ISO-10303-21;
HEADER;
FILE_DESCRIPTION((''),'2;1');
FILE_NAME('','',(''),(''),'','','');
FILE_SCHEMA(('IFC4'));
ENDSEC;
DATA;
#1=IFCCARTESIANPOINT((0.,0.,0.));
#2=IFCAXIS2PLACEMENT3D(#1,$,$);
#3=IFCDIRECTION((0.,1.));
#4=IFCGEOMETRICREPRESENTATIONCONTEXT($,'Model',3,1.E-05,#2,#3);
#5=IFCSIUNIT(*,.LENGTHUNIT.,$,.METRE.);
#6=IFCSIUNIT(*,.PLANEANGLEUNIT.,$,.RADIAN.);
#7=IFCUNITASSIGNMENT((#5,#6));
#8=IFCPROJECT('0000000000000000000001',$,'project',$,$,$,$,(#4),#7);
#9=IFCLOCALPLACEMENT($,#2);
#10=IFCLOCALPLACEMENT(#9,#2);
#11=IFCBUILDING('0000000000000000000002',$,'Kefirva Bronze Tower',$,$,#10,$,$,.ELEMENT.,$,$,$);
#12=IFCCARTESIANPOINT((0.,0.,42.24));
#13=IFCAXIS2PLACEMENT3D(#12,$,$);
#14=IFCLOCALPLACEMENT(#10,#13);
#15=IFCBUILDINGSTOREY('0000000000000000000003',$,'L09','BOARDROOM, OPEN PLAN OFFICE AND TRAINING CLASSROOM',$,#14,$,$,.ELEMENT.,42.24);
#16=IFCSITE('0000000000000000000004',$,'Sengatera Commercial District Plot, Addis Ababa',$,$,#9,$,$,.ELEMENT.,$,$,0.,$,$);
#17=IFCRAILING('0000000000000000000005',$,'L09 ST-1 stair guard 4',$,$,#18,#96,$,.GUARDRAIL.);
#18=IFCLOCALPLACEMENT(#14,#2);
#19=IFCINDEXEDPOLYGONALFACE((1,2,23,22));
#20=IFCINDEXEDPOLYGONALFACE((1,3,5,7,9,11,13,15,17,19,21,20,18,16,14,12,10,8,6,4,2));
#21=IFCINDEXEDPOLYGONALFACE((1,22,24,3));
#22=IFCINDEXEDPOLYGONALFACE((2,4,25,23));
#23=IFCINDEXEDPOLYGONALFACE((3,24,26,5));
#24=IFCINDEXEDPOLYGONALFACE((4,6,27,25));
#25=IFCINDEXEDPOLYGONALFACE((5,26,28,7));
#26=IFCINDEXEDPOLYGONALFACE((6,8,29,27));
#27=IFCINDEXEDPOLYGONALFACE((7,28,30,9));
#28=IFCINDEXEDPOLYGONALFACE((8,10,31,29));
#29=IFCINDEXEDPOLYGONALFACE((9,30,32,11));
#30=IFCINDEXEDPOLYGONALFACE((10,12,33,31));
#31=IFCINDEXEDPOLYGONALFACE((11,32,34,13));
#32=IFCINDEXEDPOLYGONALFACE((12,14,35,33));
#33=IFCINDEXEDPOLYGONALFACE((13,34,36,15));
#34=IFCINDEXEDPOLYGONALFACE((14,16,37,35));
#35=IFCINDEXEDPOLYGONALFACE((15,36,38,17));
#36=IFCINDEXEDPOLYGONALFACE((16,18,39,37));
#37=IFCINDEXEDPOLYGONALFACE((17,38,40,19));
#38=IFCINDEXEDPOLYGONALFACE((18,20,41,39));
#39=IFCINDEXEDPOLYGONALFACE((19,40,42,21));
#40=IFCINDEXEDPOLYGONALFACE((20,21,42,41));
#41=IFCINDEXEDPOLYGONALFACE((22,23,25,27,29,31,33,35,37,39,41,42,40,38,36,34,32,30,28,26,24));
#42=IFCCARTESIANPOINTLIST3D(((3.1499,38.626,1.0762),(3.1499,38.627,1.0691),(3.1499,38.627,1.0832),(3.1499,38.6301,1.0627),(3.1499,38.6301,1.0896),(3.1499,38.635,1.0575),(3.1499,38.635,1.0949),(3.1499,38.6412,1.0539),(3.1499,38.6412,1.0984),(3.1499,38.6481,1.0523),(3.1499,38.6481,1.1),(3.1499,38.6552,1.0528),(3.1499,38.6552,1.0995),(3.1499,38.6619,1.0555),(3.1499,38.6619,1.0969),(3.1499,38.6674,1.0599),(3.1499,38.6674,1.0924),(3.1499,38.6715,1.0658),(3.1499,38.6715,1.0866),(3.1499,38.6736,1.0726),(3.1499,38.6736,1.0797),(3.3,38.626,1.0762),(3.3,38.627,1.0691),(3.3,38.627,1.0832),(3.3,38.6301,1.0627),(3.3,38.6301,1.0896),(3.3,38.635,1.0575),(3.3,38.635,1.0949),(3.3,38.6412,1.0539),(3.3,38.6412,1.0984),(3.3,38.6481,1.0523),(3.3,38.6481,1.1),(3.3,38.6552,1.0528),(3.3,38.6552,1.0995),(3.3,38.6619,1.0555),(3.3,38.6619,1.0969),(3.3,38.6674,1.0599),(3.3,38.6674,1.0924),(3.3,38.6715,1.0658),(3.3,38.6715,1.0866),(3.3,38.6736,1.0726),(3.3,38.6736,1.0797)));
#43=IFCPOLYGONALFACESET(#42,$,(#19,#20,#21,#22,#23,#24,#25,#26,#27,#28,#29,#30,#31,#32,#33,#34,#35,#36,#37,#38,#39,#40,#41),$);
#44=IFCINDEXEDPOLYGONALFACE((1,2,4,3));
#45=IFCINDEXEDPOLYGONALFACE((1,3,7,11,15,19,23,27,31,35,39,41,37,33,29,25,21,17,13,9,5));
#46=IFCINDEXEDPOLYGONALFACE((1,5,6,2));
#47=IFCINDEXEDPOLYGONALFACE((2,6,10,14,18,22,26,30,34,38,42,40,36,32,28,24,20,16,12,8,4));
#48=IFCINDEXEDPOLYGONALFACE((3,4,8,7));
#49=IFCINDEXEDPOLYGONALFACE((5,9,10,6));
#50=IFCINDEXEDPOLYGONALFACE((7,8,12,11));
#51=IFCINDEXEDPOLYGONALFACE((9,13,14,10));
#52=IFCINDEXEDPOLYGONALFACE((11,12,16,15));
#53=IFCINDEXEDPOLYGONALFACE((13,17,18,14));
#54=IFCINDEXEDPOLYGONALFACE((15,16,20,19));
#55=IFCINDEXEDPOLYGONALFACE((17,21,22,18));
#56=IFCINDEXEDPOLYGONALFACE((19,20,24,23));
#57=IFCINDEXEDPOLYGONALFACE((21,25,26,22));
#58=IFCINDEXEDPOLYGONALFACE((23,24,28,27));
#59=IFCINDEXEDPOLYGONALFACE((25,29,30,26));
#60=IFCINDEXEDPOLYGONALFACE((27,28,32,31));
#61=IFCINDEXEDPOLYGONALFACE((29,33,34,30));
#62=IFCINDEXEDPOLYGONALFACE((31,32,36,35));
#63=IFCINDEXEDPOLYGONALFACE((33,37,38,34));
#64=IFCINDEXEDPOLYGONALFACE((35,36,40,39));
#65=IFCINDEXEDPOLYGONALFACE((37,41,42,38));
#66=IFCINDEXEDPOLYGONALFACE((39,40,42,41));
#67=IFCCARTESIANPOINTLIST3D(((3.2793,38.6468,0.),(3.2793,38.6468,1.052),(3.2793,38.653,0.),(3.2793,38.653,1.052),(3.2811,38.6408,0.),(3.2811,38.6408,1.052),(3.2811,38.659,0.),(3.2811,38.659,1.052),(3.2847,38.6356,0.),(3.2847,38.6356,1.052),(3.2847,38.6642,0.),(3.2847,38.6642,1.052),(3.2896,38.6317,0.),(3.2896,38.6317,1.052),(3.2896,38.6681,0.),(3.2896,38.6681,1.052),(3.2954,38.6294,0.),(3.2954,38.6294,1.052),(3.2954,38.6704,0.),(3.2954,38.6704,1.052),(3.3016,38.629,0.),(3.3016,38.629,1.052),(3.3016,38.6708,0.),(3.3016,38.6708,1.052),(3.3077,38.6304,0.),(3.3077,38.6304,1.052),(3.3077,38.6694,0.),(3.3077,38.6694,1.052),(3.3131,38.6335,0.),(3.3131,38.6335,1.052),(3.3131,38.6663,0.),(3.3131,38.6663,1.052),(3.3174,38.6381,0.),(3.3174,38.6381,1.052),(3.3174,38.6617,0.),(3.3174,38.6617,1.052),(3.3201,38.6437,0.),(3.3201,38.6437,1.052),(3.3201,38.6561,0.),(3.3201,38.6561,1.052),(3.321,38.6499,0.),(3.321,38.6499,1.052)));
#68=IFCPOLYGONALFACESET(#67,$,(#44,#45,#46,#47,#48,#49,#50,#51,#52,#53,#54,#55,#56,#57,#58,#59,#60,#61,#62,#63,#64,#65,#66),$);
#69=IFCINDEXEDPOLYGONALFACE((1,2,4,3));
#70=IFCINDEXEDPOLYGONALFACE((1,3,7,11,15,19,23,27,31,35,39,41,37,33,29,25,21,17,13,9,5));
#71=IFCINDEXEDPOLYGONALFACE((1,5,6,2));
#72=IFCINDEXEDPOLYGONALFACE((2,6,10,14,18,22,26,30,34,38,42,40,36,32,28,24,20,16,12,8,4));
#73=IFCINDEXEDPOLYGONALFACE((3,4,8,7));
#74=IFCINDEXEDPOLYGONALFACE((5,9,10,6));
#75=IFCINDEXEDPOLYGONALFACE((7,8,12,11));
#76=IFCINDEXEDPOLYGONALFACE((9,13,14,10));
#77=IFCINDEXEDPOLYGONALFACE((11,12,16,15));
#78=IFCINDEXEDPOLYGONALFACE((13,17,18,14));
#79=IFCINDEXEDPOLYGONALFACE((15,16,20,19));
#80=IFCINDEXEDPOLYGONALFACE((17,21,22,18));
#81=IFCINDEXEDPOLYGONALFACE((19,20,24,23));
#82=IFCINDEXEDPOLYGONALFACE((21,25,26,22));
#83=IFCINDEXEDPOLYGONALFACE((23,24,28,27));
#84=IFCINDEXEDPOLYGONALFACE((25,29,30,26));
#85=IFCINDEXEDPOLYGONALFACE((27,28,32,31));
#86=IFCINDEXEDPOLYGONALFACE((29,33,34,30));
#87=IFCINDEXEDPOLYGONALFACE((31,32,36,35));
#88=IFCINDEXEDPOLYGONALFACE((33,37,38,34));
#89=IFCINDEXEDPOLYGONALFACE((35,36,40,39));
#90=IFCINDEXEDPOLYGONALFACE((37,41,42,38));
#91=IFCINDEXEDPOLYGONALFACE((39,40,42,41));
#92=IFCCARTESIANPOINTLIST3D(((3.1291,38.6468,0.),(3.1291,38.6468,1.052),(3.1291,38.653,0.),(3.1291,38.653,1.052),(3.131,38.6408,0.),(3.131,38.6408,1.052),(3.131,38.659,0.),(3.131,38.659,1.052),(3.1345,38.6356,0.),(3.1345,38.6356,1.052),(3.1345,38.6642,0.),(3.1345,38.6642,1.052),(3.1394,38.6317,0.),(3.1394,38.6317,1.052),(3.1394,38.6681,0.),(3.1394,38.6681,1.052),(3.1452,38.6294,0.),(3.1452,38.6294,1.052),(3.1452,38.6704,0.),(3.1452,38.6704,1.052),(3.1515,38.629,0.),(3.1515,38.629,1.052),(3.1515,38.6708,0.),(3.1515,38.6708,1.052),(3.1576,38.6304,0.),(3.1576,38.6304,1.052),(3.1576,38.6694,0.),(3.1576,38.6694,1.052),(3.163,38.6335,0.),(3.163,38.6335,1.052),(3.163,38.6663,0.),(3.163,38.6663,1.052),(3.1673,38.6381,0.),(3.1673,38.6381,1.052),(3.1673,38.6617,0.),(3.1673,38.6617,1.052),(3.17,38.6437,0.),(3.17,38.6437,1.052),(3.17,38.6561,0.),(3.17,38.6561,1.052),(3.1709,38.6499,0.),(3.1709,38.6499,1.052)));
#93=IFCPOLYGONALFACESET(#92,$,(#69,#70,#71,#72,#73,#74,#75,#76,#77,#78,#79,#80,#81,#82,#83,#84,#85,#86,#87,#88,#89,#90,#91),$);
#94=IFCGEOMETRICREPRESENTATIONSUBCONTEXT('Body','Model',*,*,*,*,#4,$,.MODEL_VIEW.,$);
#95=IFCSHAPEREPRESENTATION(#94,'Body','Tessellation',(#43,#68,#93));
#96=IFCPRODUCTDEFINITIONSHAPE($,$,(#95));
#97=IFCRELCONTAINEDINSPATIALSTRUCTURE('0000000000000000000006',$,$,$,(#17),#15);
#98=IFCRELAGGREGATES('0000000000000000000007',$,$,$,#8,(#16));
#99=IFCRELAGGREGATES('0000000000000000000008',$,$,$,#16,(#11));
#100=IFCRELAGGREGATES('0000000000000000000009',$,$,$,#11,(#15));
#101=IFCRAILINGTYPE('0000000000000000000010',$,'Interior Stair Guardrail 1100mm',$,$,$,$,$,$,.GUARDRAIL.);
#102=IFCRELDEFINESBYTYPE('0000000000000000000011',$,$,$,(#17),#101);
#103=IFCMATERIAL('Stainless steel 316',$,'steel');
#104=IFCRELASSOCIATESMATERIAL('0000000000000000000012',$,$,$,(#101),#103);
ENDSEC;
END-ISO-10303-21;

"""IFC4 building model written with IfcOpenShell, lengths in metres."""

from ifc_helpers import new_model, si_unit, direction, frame, origin, origin_2d, place, context, subcontext, project, spatial, circle, extrude, material, type_object, element, save


model = new_model("IFC4")

# Units and contexts
model_context = context("Model", 3, precision=1e-05, world=origin(), true_north=direction((0.0, 1.0)))
body_context = subcontext(model_context, "Body", "Model", "MODEL_VIEW")
ifc_project = project(units=[si_unit("LENGTHUNIT", "METRE"), si_unit("PLANEANGLEUNIT", "RADIAN")], contexts=[model_context])

# Site, building, storey
site_placement = place(None, origin())
site = spatial("IfcSite", under=ifc_project, at=site_placement, Name="Sengatera Commercial District Plot, Addis Ababa", CompositionType="ELEMENT", RefElevation=0.0)
building_placement = place(site_placement, origin())
building = spatial("IfcBuilding", under=site, at=building_placement, Name="Kefirva Bronze Tower", CompositionType="ELEMENT")
storey_placement = place(building_placement, frame((0.0, 0.0, 42.24)))
storey = spatial("IfcBuildingStorey", under=building, at=storey_placement, Name="L09", Description="BOARDROOM, OPEN PLAN OFFICE AND TRAINING CLASSROOM", CompositionType="ELEMENT", Elevation=42.24)

# Railing
ifc_material_1 = material(Name="Stainless steel 316", Category="steel")
railing_type_1 = type_object("IfcRailingType", Name="Interior Stair Guardrail 1100mm", PredefinedType="GUARDRAIL", material=ifc_material_1)
railing_1_placement = place(storey_placement, frame((3.3, 38.6499, 0.0)))
element("IfcRailing", 1, at=railing_1_placement, inside=storey, type_object=railing_type_1, Name="L09 ST-1 stair guard 4", PredefinedType="GUARDRAIL", context=body_context, shape_type="SweptSolid", body=[
    extrude(circle(Radius=0.0239, at=origin_2d()), frame((0.0, 0.0, 1.0762), z_axis=(-1.0, 0.0, 0.0), x_axis=(0.0, -1.0, 0.0)), (0.0, 0.0, 1.0), 0.1501),
    extrude(circle(Radius=0.021, at=origin_2d()), origin(), (0.0, 0.0, 1.0), 1.052),
    extrude(circle(Radius=0.021, at=origin_2d()), frame((-0.1501, 0.0, 0.0)), (0.0, 0.0, 1.0), 1.052),
])

save(model, "model.ifc")
